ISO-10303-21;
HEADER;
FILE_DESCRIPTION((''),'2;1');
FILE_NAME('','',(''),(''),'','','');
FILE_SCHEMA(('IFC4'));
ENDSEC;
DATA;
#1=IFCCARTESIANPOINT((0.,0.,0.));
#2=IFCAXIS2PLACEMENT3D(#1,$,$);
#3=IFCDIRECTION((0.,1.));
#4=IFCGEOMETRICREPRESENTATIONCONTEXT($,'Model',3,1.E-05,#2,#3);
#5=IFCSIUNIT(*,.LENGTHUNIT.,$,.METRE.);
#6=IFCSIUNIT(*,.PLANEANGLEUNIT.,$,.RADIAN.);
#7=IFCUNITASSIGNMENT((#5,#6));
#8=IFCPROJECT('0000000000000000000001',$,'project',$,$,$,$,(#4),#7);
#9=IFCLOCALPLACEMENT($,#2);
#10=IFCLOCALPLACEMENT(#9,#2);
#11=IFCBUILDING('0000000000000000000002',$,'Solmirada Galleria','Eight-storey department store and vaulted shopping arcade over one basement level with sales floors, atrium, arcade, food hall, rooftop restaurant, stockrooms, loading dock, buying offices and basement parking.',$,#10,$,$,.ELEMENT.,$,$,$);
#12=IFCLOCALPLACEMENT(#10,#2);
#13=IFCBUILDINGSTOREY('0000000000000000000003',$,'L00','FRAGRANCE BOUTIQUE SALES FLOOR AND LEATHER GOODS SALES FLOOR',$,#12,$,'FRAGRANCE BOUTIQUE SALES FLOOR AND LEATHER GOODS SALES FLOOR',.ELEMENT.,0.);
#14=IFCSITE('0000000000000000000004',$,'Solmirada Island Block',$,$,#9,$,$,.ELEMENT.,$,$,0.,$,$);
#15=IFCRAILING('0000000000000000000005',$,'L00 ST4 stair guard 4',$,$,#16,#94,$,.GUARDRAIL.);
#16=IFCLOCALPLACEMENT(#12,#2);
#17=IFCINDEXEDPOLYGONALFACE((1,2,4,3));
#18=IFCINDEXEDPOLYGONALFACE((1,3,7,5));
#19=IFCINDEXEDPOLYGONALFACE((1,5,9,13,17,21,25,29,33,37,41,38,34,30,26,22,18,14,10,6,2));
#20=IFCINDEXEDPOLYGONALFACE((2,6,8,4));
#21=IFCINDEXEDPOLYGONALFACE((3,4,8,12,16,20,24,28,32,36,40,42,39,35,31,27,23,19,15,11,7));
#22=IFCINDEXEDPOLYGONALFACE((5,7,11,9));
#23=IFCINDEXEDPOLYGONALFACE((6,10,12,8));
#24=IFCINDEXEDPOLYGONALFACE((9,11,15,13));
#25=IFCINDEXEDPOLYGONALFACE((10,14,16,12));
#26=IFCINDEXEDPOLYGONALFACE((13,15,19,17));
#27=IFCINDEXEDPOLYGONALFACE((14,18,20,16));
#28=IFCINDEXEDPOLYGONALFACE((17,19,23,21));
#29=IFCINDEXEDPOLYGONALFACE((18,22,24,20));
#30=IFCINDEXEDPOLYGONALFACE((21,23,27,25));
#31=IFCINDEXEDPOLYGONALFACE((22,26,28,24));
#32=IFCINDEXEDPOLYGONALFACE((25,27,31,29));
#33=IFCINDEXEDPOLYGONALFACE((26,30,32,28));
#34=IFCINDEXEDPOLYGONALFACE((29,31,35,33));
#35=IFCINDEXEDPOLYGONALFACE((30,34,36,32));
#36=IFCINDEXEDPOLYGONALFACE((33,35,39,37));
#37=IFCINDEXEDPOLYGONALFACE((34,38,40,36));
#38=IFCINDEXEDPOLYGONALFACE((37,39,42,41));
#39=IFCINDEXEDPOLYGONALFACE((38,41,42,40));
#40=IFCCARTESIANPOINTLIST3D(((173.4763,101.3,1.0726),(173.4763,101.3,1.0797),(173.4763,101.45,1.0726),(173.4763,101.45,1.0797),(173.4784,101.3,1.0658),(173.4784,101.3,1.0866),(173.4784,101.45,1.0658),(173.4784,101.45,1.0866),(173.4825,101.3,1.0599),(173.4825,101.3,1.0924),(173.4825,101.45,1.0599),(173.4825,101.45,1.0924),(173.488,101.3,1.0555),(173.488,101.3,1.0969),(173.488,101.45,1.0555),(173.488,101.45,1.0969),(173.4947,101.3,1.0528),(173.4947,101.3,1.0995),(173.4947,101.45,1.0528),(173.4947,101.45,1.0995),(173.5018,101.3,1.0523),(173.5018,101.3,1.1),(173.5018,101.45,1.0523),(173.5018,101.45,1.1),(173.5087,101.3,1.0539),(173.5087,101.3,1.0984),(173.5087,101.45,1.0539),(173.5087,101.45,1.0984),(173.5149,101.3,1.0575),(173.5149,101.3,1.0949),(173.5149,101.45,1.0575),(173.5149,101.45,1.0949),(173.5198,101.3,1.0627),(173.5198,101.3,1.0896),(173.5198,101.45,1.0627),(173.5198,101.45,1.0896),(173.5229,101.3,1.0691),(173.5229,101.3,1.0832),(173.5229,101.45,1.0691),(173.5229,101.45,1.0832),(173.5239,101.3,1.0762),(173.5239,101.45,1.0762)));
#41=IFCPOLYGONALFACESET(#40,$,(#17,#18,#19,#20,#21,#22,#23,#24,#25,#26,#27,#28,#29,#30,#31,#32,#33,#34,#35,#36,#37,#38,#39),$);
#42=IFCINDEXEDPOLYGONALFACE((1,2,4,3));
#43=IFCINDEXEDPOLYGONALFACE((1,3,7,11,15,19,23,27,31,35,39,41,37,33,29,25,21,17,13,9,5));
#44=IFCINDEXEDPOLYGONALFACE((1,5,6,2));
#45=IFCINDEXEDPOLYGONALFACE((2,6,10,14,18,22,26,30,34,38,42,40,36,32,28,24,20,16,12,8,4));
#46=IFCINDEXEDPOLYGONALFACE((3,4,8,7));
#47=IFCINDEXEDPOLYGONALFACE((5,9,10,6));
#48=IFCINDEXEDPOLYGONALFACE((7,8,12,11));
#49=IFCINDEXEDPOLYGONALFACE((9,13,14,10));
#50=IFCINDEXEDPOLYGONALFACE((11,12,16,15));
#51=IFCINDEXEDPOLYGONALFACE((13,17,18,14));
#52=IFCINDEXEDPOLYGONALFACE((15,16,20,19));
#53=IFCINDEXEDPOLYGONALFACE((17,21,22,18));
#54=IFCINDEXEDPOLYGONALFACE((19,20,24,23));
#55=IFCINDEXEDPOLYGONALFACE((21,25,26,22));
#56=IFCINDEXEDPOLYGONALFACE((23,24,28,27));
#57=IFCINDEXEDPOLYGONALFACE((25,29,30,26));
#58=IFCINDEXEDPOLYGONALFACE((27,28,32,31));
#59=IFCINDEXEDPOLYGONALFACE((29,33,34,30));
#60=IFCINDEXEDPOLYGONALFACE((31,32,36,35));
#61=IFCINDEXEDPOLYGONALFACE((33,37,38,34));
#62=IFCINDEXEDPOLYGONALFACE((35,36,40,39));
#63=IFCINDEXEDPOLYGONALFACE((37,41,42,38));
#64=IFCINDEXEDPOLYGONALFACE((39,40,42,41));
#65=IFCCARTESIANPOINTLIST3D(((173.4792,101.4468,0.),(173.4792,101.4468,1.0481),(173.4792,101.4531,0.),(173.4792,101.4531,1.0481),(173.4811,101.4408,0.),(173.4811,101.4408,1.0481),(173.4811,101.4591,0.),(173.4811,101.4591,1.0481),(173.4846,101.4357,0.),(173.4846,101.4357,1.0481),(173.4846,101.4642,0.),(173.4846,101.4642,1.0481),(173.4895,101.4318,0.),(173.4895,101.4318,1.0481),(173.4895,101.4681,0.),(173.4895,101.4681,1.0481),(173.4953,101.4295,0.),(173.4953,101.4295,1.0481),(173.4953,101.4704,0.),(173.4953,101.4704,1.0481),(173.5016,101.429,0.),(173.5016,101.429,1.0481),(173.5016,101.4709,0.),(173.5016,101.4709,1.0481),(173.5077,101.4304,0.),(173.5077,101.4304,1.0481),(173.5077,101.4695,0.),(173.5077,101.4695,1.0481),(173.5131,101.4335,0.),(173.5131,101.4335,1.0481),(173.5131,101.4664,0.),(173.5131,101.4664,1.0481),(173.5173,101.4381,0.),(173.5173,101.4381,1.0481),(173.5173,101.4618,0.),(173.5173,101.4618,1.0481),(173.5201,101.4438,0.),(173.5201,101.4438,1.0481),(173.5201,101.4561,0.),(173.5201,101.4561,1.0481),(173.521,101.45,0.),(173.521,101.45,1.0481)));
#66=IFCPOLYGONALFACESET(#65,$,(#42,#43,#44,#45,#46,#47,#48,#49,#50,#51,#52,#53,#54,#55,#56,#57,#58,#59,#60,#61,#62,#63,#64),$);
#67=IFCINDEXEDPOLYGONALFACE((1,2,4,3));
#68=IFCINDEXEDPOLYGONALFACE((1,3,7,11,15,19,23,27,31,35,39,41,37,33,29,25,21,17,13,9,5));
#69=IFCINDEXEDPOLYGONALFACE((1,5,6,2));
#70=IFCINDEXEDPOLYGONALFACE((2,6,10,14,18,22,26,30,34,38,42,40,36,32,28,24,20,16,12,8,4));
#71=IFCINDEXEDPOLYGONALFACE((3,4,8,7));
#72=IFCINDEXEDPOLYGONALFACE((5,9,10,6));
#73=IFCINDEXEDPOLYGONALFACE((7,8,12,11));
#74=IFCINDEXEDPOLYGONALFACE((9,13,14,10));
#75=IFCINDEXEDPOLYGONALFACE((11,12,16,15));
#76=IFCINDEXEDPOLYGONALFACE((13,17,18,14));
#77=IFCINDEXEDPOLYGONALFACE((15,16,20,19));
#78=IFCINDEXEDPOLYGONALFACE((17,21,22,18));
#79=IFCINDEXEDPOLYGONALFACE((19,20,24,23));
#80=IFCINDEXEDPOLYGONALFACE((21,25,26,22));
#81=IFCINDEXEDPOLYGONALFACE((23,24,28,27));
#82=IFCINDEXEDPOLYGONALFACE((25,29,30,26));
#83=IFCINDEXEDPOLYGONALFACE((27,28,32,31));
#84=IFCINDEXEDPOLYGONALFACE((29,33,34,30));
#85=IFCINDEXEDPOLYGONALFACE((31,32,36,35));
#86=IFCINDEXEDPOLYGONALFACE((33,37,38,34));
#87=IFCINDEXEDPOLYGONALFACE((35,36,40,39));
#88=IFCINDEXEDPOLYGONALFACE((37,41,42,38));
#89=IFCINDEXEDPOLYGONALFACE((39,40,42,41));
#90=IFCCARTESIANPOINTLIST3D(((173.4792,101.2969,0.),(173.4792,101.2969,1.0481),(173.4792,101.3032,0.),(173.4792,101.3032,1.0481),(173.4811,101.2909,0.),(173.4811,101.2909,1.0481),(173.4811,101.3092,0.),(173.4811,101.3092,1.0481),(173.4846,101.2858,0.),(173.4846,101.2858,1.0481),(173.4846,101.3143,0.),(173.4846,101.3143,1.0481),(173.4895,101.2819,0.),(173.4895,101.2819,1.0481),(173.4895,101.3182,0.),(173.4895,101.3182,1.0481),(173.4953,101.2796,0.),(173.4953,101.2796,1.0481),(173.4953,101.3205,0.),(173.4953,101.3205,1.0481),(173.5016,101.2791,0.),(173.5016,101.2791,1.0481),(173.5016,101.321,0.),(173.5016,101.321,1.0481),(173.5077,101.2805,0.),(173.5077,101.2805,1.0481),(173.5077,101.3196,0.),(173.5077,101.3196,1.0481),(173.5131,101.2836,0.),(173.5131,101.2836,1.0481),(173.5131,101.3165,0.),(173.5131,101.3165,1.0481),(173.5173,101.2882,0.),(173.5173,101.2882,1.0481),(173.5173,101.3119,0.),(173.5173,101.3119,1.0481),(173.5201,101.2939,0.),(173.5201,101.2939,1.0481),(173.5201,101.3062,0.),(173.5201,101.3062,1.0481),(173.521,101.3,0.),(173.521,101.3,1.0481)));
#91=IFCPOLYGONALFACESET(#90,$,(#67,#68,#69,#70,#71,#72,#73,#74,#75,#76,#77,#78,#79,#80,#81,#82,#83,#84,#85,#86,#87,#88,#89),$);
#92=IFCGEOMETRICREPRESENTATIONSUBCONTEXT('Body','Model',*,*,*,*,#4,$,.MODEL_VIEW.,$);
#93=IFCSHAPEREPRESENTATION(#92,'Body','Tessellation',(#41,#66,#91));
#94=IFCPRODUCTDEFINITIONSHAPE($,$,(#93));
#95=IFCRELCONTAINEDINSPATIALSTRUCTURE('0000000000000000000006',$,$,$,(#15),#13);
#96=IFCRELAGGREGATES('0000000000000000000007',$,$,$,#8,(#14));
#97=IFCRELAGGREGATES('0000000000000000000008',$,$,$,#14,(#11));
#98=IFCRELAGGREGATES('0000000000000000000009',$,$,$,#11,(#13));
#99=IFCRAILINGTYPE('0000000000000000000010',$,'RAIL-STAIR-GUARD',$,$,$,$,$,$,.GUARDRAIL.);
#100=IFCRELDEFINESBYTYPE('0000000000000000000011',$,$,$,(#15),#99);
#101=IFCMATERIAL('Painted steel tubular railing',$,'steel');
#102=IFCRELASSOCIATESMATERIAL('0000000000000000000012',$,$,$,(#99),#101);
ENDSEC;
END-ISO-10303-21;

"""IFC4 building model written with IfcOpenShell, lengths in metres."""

from ifc_helpers import new_model, si_unit, direction, frame, origin, origin_2d, place, context, subcontext, project, spatial, circle, extrude, material, type_object, element, save


model = new_model("IFC4")

# Units and contexts
model_context = context("Model", 3, precision=1e-05, world=origin(), true_north=direction((0.0, 1.0)))
body_context = subcontext(model_context, "Body", "Model", "MODEL_VIEW")
ifc_project = project(units=[si_unit("LENGTHUNIT", "METRE"), si_unit("PLANEANGLEUNIT", "RADIAN")], contexts=[model_context])

# Site, building, storey
site_placement = place(None, origin())
site = spatial("IfcSite", under=ifc_project, at=site_placement, Name="Solmirada Island Block", CompositionType="ELEMENT", RefElevation=0.0)
building_placement = place(site_placement, origin())
building = spatial("IfcBuilding", under=site, at=building_placement, Name="Solmirada Galleria", Description="Eight-storey department store and vaulted shopping arcade over one basement level with sales floors, atrium, arcade, food hall, rooftop restaurant, stockrooms, loading dock, buying offices and basement parking.", CompositionType="ELEMENT")
storey_placement = place(building_placement, origin())
storey = spatial("IfcBuildingStorey", under=building, at=storey_placement, Name="L00", Description="FRAGRANCE BOUTIQUE SALES FLOOR AND LEATHER GOODS SALES FLOOR", LongName="FRAGRANCE BOUTIQUE SALES FLOOR AND LEATHER GOODS SALES FLOOR", CompositionType="ELEMENT", Elevation=0.0)

# Railing
ifc_material_1 = material(Name="Painted steel tubular railing", Category="steel")
railing_type_1 = type_object("IfcRailingType", Name="RAIL-STAIR-GUARD", PredefinedType="GUARDRAIL", material=ifc_material_1)
railing_1_placement = place(storey_placement, frame((173.5, 101.45, 0.0)))
element("IfcRailing", 1, at=railing_1_placement, inside=storey, type_object=railing_type_1, Name="L00 ST4 stair guard 4", PredefinedType="GUARDRAIL", context=body_context, shape_type="SweptSolid", body=[
    extrude(circle(Radius=0.0239, at=origin_2d()), frame((0.0, 0.0, 1.0762), z_axis=(0.0, -1.0, 0.0), x_axis=(1.0, 0.0, 0.0)), (0.0, 0.0, 1.0), 0.1499),
    extrude(circle(Radius=0.021, at=origin_2d()), origin(), (0.0, 0.0, 1.0), 1.0481),
    extrude(circle(Radius=0.021, at=origin_2d()), frame((0.0, -0.1499, 0.0)), (0.0, 0.0, 1.0), 1.0481),
])

save(model, "model.ifc")
